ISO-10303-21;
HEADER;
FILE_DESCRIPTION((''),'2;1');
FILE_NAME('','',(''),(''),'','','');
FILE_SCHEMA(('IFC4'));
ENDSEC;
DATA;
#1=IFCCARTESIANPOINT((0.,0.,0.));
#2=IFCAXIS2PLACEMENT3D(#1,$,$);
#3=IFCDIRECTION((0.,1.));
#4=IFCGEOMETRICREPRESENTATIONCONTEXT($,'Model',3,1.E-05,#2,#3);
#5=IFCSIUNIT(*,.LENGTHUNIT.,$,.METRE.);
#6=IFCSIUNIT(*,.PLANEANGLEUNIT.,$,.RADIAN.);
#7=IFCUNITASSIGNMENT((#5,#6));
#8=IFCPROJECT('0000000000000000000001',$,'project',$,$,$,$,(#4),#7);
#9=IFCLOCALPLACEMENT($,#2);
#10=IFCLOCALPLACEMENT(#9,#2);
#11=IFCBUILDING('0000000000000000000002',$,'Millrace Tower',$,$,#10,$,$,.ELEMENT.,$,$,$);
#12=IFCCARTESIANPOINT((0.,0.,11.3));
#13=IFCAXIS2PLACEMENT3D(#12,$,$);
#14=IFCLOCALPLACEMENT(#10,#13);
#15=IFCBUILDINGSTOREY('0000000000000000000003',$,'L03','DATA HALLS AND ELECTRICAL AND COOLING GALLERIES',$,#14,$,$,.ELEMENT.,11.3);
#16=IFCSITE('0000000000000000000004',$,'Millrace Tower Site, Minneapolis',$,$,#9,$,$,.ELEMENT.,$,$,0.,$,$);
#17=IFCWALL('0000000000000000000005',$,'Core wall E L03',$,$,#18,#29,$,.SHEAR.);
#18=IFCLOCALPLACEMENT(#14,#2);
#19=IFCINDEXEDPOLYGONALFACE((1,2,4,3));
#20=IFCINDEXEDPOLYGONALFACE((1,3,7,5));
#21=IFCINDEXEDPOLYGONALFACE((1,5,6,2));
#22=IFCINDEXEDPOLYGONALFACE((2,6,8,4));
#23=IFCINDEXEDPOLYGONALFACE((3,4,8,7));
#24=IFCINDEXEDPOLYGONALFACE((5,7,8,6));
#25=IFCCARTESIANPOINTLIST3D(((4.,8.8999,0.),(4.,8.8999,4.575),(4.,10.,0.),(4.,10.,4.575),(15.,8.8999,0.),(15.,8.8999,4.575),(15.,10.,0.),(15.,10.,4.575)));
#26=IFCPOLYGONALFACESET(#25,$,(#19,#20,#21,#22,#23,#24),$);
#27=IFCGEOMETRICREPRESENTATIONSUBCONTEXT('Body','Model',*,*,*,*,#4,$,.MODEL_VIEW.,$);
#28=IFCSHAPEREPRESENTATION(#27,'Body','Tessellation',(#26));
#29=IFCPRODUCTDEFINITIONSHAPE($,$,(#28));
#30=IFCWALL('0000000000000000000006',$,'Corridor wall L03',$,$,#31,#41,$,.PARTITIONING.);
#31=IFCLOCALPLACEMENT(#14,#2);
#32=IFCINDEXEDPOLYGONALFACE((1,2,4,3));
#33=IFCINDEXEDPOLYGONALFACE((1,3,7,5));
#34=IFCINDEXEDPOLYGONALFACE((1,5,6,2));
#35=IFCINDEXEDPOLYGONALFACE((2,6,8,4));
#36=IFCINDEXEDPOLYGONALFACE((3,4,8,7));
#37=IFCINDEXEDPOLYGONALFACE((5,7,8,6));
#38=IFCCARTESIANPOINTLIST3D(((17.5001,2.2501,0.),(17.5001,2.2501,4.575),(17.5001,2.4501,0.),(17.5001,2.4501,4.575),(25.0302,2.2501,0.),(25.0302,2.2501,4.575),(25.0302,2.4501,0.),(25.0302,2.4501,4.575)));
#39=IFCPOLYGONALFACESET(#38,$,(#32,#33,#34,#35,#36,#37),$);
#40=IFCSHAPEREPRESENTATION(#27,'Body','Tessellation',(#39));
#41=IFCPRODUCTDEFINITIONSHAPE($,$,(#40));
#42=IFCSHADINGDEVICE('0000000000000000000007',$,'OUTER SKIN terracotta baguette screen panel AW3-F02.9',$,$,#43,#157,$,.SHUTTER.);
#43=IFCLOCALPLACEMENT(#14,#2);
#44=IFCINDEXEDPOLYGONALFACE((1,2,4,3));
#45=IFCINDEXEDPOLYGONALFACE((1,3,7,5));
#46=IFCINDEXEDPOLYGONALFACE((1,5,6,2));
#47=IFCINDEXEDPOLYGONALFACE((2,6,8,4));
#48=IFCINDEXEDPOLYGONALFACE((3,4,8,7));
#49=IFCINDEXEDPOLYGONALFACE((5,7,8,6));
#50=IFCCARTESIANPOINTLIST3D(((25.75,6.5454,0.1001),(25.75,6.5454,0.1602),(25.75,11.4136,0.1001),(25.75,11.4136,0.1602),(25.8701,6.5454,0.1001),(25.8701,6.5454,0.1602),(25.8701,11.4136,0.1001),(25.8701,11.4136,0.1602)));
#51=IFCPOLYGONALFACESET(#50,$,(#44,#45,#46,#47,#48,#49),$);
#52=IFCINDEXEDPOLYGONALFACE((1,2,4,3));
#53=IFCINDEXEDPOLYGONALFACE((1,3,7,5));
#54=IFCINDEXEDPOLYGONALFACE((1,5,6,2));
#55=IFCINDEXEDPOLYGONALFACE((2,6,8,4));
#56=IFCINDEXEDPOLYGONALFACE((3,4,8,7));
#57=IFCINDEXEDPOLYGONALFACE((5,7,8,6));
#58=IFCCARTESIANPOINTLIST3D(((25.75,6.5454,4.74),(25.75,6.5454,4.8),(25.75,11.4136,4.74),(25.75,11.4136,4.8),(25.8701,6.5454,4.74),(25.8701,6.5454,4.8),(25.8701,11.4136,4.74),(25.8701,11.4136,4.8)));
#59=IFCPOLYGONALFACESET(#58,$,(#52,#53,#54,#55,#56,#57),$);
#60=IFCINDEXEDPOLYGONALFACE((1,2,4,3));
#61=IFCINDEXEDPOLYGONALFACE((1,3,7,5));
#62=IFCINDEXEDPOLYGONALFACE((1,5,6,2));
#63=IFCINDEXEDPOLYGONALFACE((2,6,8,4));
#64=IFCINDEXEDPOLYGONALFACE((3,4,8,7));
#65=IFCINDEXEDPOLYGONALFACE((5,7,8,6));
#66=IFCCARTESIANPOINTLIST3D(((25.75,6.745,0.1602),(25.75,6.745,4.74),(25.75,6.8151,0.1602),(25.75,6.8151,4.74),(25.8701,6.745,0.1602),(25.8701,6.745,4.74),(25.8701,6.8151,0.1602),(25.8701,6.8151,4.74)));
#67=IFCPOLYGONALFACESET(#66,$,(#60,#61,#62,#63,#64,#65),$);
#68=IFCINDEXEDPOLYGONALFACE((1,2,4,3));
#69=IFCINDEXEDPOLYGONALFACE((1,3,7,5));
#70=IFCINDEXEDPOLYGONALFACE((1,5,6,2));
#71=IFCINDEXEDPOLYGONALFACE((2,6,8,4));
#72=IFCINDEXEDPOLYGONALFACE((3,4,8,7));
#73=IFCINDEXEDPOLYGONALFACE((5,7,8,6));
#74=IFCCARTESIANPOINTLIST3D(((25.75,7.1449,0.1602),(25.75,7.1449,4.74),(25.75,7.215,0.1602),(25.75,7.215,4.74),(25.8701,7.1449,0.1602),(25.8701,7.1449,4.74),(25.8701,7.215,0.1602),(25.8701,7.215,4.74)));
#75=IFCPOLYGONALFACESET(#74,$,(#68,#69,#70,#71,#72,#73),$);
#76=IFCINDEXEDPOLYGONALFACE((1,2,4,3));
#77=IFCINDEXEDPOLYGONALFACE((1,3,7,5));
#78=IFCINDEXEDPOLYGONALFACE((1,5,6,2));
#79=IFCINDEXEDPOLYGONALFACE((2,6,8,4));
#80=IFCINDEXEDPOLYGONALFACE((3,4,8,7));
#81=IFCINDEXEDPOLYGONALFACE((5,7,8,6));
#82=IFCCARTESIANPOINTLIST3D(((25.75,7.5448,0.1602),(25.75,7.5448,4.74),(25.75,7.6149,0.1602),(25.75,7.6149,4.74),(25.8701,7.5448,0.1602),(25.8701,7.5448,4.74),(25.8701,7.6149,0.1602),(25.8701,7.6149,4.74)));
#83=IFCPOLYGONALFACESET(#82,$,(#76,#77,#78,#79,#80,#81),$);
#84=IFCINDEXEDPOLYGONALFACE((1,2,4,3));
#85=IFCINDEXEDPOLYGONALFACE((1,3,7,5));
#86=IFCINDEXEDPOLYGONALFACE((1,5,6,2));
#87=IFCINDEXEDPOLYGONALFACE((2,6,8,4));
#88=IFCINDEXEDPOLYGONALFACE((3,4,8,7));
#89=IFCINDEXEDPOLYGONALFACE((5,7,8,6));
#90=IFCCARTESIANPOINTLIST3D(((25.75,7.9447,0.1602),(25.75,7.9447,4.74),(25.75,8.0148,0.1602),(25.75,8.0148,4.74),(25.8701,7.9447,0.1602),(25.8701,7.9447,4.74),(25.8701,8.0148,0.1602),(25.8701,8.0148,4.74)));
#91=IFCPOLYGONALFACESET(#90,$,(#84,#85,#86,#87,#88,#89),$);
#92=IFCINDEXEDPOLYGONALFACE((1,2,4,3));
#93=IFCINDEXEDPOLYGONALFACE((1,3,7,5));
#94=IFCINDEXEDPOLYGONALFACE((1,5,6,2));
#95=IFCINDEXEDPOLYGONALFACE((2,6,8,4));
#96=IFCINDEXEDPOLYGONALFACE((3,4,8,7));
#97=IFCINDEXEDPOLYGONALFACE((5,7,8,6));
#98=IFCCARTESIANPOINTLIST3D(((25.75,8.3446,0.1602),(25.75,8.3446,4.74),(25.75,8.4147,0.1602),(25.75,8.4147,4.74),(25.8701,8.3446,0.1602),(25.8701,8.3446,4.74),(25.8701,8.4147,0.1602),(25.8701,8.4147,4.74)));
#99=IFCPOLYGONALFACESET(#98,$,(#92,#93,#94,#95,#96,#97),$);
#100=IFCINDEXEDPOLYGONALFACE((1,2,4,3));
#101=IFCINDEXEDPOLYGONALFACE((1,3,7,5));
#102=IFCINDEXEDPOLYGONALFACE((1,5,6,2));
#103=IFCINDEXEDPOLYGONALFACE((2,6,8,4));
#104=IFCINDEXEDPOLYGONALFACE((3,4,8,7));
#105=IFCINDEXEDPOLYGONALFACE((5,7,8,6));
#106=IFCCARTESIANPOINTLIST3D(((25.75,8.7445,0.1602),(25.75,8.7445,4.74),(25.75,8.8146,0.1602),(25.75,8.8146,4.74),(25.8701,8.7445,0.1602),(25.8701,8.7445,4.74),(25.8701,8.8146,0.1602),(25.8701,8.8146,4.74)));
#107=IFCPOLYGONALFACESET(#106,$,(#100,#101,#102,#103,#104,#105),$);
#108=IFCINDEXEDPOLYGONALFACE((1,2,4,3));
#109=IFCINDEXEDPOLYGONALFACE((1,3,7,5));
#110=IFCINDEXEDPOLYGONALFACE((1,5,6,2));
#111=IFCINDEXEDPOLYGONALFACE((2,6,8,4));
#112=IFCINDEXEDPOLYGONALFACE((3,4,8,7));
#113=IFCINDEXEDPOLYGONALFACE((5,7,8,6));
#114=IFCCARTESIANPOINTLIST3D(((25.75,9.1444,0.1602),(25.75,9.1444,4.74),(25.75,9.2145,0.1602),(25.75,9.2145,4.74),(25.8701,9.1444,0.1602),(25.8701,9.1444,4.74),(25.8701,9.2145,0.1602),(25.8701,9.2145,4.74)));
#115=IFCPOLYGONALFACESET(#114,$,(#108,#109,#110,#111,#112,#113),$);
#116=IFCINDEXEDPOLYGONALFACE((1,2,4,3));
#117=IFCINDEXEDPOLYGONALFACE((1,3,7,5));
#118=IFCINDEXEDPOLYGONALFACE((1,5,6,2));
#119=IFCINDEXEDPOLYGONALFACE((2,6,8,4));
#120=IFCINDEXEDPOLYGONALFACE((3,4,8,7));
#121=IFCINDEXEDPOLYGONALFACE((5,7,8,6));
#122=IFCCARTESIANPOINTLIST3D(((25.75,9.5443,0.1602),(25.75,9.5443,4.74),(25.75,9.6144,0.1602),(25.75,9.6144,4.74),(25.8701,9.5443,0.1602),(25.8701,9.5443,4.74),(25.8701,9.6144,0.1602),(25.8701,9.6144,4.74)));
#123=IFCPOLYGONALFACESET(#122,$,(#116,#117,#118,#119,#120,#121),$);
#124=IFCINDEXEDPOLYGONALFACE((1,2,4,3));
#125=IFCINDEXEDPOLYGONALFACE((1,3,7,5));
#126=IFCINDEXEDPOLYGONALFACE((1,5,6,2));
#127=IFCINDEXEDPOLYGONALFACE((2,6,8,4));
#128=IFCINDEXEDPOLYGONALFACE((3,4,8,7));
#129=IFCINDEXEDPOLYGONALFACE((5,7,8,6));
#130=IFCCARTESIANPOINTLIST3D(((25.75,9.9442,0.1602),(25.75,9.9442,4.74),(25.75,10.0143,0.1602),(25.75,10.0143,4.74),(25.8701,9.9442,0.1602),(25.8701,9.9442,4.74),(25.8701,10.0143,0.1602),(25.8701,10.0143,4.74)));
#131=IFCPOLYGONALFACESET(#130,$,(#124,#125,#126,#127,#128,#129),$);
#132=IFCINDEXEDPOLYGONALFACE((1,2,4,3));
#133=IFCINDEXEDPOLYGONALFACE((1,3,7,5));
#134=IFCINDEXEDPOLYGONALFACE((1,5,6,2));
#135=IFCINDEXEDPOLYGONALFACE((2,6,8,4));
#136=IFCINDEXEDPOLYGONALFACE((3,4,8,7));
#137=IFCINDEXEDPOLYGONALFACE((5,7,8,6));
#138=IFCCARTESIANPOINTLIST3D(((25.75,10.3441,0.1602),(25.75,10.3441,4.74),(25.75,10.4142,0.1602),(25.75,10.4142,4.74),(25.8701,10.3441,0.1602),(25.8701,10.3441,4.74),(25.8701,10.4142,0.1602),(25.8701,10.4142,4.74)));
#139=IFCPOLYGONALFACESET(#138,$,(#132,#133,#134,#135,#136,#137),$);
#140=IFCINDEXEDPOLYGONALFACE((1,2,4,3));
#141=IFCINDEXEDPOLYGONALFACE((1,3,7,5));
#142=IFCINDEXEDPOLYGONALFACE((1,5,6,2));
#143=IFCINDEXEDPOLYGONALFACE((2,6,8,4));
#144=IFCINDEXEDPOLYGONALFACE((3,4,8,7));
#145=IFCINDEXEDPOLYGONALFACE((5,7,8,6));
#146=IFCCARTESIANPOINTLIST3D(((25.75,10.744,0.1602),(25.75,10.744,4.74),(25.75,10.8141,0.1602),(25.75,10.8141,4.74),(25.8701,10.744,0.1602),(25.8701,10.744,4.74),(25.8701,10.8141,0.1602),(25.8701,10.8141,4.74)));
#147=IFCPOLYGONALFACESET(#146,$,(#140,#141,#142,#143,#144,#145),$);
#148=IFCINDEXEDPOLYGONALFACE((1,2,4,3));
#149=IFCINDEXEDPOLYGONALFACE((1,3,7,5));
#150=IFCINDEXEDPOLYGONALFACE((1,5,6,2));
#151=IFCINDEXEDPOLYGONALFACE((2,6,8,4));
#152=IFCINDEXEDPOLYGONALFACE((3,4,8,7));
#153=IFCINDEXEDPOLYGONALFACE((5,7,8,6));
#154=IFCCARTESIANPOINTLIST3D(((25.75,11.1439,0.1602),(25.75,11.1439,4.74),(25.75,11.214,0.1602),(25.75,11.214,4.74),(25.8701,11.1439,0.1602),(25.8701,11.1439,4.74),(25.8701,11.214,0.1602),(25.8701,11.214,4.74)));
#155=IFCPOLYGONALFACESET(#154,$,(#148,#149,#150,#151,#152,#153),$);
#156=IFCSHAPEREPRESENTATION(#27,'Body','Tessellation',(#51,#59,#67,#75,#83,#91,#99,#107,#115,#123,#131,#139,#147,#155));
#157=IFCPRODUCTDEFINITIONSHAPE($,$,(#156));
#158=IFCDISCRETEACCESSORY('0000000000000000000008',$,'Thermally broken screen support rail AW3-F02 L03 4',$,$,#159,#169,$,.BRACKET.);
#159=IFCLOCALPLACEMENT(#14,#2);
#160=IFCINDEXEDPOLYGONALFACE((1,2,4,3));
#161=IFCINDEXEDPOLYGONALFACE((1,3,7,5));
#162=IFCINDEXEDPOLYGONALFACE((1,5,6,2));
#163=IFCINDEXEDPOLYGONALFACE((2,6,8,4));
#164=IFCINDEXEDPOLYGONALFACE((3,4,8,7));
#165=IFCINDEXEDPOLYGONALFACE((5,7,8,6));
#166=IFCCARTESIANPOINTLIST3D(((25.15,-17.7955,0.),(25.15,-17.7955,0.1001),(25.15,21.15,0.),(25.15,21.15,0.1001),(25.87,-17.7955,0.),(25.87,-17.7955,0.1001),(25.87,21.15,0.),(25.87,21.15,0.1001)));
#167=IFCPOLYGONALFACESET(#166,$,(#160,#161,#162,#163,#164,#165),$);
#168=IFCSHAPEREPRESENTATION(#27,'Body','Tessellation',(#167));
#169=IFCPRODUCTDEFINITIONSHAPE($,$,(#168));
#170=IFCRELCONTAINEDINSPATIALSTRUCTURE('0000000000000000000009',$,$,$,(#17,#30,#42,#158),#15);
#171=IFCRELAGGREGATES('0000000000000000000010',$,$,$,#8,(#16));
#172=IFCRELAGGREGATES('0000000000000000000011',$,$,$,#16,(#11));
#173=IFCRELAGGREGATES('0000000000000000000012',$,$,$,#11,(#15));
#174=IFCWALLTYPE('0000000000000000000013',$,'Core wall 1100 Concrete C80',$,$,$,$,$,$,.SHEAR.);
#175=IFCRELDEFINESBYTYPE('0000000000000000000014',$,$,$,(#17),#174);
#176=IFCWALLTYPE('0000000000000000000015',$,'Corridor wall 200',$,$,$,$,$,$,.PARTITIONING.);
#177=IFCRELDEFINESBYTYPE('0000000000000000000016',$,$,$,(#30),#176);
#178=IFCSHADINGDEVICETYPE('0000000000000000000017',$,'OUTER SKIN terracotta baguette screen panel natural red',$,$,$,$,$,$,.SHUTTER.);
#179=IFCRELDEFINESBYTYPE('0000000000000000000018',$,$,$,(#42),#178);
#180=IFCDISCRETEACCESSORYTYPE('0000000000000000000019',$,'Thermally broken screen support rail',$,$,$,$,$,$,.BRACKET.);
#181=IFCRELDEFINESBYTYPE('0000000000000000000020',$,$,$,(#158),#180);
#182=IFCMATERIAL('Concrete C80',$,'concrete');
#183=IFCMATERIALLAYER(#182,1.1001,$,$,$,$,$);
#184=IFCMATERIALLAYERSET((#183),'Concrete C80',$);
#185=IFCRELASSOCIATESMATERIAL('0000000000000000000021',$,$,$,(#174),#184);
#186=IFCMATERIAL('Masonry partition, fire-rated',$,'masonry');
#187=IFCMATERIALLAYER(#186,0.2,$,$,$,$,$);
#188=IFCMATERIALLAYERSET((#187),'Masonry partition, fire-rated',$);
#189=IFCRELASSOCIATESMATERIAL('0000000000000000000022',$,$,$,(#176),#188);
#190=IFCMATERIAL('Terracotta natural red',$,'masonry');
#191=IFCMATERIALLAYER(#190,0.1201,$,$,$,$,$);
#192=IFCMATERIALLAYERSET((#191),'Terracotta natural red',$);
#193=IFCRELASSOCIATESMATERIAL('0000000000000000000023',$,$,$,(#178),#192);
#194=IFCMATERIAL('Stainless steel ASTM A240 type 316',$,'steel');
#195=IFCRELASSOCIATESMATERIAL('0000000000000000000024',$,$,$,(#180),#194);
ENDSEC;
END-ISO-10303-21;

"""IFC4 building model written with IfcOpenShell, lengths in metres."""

from ifc_helpers import new_model, entity, si_unit, direction, frame, frame_2d, origin, origin_2d, place, context, subcontext, project, spatial, rectangle, extrude, source, transform, mapped, material, layer, layer_set, type_object, element, save


model = new_model("IFC4")

# Units and contexts
model_context = context("Model", 3, precision=1e-05, world=origin(), true_north=direction((0.0, 1.0)))
body_context = subcontext(model_context, "Body", "Model", "MODEL_VIEW")
ifc_project = project(units=[si_unit("LENGTHUNIT", "METRE"), si_unit("PLANEANGLEUNIT", "RADIAN")], contexts=[model_context])

# Site, building, storey
site_placement = place(None, origin())
site = spatial("IfcSite", under=ifc_project, at=site_placement, Name="Millrace Tower Site, Minneapolis", CompositionType="ELEMENT", RefElevation=0.0)
building_placement = place(site_placement, origin())
building = spatial("IfcBuilding", under=site, at=building_placement, Name="Millrace Tower", CompositionType="ELEMENT")
storey_placement = place(building_placement, frame((0.0, 0.0, 11.3)))
storey = spatial("IfcBuildingStorey", under=building, at=storey_placement, Name="L03", Description="DATA HALLS AND ELECTRICAL AND COOLING GALLERIES", CompositionType="ELEMENT", Elevation=11.3)

# Walls
ifc_material_1 = material(Name="Concrete C80", Category="concrete")
ifc_layer_1 = layer(ifc_material_1, 1.1001)
ifc_layer_set_1 = layer_set([ifc_layer_1], Name="Concrete C80")
wall_type_1 = type_object("IfcWallType", Name="Core wall 1100 Concrete C80", PredefinedType="SHEAR", material=ifc_layer_set_1)
wall_1_placement = place(storey_placement, frame((15.0, 9.45, 0.0), z_axis=(0.0, 0.0, 1.0), x_axis=(-1.0, 0.0, 0.0)))
element("IfcWall", 1, at=wall_1_placement, inside=storey, type_object=wall_type_1, Name="Core wall E L03", PredefinedType="SHEAR", context=body_context, shape_type="SweptSolid", body=[
    extrude(rectangle(XDim=11.0, YDim=1.1001, at=frame_2d((5.5, 0.0))), origin(), (0.0, 0.0, 1.0), 4.575),
])
ifc_material_2 = material(Name="Masonry partition, fire-rated", Category="masonry")
ifc_layer_2 = layer(ifc_material_2, 0.2)
ifc_layer_set_2 = layer_set([ifc_layer_2], Name="Masonry partition, fire-rated")
wall_type_2 = type_object("IfcWallType", Name="Corridor wall 200", PredefinedType="PARTITIONING", material=ifc_layer_set_2)
wall_2_placement = place(storey_placement, frame((17.5, 2.3501, 0.0), z_axis=(0.0, 0.0, 1.0), x_axis=(1.0, 0.0, 0.0)))
element("IfcWall", 2, at=wall_2_placement, inside=storey, type_object=wall_type_2, Name="Corridor wall L03", PredefinedType="PARTITIONING", context=body_context, shape_type="SweptSolid", body=[
    extrude(rectangle(XDim=7.53, YDim=0.2, at=frame_2d((3.7651, 0.0))), origin(), (0.0, 0.0, 1.0), 4.575),
])

# Shading device
cartesian_point = entity("IfcCartesianPoint", [-2.4341, 0.0601])
shared_polyline = entity("IfcPolyline", [cartesian_point, entity("IfcCartesianPoint", [2.4341, 0.0601]), entity("IfcCartesianPoint", [2.4341, -0.0601]), entity("IfcCartesianPoint", [-2.4341, -0.0601]), cartesian_point])
ifc_material_3 = material(Name="Terracotta natural red", Category="masonry")
ifc_layer_3 = layer(ifc_material_3, 0.1201)
ifc_layer_set_3 = layer_set([ifc_layer_3], Name="Terracotta natural red")
shading_device_type_1 = type_object("IfcShadingDeviceType", Name="OUTER SKIN terracotta baguette screen panel natural red", PredefinedType="SHUTTER", material=ifc_layer_set_3)
shared_shape_1 = source(origin(), body_context, "Body", "SweptSolid", [
    entity("IfcExtrudedAreaSolid", entity("IfcArbitraryClosedProfileDef", "AREA", None, shared_polyline), entity("IfcAxis2Placement3D", entity("IfcCartesianPoint", [0.0, 0.0, 0.0])), entity("IfcDirection", [0.0, 0.0, 1.0]), 0.0601),
    entity("IfcExtrudedAreaSolid", entity("IfcArbitraryClosedProfileDef", "AREA", None, shared_polyline), entity("IfcAxis2Placement3D", entity("IfcCartesianPoint", [0.0, 0.0, 4.6399])), entity("IfcDirection", [0.0, 0.0, 1.0]), 0.0601),
    extrude(rectangle(XDim=0.0701, YDim=0.1201, at=frame_2d((-2.1995, 0.0))), frame((0.0, 0.0, 0.0601)), (0.0, 0.0, 1.0), 4.5798),
    extrude(rectangle(XDim=0.0701, YDim=0.1201, at=frame_2d((-1.7996, 0.0))), frame((0.0, 0.0, 0.0601)), (0.0, 0.0, 1.0), 4.5798),
    extrude(rectangle(XDim=0.0701, YDim=0.1201, at=frame_2d((-1.3997, 0.0))), frame((0.0, 0.0, 0.0601)), (0.0, 0.0, 1.0), 4.5798),
    extrude(rectangle(XDim=0.0701, YDim=0.1201, at=frame_2d((-0.9998, 0.0))), frame((0.0, 0.0, 0.0601)), (0.0, 0.0, 1.0), 4.5798),
    extrude(rectangle(XDim=0.0701, YDim=0.1201, at=frame_2d((-0.5999, 0.0))), frame((0.0, 0.0, 0.0601)), (0.0, 0.0, 1.0), 4.5798),
    extrude(rectangle(XDim=0.0701, YDim=0.1201, at=frame_2d((-0.2, 0.0))), frame((0.0, 0.0, 0.0601)), (0.0, 0.0, 1.0), 4.5798),
    extrude(rectangle(XDim=0.0701, YDim=0.1201, at=frame_2d((0.2, 0.0))), frame((0.0, 0.0, 0.0601)), (0.0, 0.0, 1.0), 4.5798),
    extrude(rectangle(XDim=0.0701, YDim=0.1201, at=frame_2d((0.5999, 0.0))), frame((0.0, 0.0, 0.0601)), (0.0, 0.0, 1.0), 4.5798),
    extrude(rectangle(XDim=0.0701, YDim=0.1201, at=frame_2d((0.9998, 0.0))), frame((0.0, 0.0, 0.0601)), (0.0, 0.0, 1.0), 4.5798),
    extrude(rectangle(XDim=0.0701, YDim=0.1201, at=frame_2d((1.3997, 0.0))), frame((0.0, 0.0, 0.0601)), (0.0, 0.0, 1.0), 4.5798),
    extrude(rectangle(XDim=0.0701, YDim=0.1201, at=frame_2d((1.7996, 0.0))), frame((0.0, 0.0, 0.0601)), (0.0, 0.0, 1.0), 4.5798),
    extrude(rectangle(XDim=0.0701, YDim=0.1201, at=frame_2d((2.1995, 0.0))), frame((0.0, 0.0, 0.0601)), (0.0, 0.0, 1.0), 4.5798),
])
shading_device_1_placement = place(storey_placement, frame((25.8101, 8.9795, 0.1001), z_axis=(0.0, 0.0, 1.0), x_axis=(0.0, 1.0, 0.0)))
element("IfcShadingDevice", 3, at=shading_device_1_placement, inside=storey, type_object=shading_device_type_1, Name="OUTER SKIN terracotta baguette screen panel AW3-F02.9", PredefinedType="SHUTTER", context=body_context, shape_type="MappedRepresentation", body=[
    mapped(shared_shape_1, transform((0.0, 0.0, 0.0), scale=1.0)),
])

# Discrete accessory
ifc_material_4 = material(Name="Stainless steel ASTM A240 type 316", Category="steel")
discrete_accessory_type = type_object("IfcDiscreteAccessoryType", Name="Thermally broken screen support rail", PredefinedType="BRACKET", material=ifc_material_4)
discrete_accessory_placement = place(storey_placement, frame((25.51, 1.6772, 0.0), z_axis=(0.0, 0.0, 1.0), x_axis=(0.0, 1.0, 0.0)))
element("IfcDiscreteAccessory", 4, at=discrete_accessory_placement, inside=storey, type_object=discrete_accessory_type, Name="Thermally broken screen support rail AW3-F02 L03 4", PredefinedType="BRACKET", context=body_context, shape_type="SweptSolid", body=[
    extrude(rectangle(XDim=38.9456, YDim=0.72, at=origin_2d()), origin(), (0.0, 0.0, 1.0), 0.1001),
])

save(model, "model.ifc")
